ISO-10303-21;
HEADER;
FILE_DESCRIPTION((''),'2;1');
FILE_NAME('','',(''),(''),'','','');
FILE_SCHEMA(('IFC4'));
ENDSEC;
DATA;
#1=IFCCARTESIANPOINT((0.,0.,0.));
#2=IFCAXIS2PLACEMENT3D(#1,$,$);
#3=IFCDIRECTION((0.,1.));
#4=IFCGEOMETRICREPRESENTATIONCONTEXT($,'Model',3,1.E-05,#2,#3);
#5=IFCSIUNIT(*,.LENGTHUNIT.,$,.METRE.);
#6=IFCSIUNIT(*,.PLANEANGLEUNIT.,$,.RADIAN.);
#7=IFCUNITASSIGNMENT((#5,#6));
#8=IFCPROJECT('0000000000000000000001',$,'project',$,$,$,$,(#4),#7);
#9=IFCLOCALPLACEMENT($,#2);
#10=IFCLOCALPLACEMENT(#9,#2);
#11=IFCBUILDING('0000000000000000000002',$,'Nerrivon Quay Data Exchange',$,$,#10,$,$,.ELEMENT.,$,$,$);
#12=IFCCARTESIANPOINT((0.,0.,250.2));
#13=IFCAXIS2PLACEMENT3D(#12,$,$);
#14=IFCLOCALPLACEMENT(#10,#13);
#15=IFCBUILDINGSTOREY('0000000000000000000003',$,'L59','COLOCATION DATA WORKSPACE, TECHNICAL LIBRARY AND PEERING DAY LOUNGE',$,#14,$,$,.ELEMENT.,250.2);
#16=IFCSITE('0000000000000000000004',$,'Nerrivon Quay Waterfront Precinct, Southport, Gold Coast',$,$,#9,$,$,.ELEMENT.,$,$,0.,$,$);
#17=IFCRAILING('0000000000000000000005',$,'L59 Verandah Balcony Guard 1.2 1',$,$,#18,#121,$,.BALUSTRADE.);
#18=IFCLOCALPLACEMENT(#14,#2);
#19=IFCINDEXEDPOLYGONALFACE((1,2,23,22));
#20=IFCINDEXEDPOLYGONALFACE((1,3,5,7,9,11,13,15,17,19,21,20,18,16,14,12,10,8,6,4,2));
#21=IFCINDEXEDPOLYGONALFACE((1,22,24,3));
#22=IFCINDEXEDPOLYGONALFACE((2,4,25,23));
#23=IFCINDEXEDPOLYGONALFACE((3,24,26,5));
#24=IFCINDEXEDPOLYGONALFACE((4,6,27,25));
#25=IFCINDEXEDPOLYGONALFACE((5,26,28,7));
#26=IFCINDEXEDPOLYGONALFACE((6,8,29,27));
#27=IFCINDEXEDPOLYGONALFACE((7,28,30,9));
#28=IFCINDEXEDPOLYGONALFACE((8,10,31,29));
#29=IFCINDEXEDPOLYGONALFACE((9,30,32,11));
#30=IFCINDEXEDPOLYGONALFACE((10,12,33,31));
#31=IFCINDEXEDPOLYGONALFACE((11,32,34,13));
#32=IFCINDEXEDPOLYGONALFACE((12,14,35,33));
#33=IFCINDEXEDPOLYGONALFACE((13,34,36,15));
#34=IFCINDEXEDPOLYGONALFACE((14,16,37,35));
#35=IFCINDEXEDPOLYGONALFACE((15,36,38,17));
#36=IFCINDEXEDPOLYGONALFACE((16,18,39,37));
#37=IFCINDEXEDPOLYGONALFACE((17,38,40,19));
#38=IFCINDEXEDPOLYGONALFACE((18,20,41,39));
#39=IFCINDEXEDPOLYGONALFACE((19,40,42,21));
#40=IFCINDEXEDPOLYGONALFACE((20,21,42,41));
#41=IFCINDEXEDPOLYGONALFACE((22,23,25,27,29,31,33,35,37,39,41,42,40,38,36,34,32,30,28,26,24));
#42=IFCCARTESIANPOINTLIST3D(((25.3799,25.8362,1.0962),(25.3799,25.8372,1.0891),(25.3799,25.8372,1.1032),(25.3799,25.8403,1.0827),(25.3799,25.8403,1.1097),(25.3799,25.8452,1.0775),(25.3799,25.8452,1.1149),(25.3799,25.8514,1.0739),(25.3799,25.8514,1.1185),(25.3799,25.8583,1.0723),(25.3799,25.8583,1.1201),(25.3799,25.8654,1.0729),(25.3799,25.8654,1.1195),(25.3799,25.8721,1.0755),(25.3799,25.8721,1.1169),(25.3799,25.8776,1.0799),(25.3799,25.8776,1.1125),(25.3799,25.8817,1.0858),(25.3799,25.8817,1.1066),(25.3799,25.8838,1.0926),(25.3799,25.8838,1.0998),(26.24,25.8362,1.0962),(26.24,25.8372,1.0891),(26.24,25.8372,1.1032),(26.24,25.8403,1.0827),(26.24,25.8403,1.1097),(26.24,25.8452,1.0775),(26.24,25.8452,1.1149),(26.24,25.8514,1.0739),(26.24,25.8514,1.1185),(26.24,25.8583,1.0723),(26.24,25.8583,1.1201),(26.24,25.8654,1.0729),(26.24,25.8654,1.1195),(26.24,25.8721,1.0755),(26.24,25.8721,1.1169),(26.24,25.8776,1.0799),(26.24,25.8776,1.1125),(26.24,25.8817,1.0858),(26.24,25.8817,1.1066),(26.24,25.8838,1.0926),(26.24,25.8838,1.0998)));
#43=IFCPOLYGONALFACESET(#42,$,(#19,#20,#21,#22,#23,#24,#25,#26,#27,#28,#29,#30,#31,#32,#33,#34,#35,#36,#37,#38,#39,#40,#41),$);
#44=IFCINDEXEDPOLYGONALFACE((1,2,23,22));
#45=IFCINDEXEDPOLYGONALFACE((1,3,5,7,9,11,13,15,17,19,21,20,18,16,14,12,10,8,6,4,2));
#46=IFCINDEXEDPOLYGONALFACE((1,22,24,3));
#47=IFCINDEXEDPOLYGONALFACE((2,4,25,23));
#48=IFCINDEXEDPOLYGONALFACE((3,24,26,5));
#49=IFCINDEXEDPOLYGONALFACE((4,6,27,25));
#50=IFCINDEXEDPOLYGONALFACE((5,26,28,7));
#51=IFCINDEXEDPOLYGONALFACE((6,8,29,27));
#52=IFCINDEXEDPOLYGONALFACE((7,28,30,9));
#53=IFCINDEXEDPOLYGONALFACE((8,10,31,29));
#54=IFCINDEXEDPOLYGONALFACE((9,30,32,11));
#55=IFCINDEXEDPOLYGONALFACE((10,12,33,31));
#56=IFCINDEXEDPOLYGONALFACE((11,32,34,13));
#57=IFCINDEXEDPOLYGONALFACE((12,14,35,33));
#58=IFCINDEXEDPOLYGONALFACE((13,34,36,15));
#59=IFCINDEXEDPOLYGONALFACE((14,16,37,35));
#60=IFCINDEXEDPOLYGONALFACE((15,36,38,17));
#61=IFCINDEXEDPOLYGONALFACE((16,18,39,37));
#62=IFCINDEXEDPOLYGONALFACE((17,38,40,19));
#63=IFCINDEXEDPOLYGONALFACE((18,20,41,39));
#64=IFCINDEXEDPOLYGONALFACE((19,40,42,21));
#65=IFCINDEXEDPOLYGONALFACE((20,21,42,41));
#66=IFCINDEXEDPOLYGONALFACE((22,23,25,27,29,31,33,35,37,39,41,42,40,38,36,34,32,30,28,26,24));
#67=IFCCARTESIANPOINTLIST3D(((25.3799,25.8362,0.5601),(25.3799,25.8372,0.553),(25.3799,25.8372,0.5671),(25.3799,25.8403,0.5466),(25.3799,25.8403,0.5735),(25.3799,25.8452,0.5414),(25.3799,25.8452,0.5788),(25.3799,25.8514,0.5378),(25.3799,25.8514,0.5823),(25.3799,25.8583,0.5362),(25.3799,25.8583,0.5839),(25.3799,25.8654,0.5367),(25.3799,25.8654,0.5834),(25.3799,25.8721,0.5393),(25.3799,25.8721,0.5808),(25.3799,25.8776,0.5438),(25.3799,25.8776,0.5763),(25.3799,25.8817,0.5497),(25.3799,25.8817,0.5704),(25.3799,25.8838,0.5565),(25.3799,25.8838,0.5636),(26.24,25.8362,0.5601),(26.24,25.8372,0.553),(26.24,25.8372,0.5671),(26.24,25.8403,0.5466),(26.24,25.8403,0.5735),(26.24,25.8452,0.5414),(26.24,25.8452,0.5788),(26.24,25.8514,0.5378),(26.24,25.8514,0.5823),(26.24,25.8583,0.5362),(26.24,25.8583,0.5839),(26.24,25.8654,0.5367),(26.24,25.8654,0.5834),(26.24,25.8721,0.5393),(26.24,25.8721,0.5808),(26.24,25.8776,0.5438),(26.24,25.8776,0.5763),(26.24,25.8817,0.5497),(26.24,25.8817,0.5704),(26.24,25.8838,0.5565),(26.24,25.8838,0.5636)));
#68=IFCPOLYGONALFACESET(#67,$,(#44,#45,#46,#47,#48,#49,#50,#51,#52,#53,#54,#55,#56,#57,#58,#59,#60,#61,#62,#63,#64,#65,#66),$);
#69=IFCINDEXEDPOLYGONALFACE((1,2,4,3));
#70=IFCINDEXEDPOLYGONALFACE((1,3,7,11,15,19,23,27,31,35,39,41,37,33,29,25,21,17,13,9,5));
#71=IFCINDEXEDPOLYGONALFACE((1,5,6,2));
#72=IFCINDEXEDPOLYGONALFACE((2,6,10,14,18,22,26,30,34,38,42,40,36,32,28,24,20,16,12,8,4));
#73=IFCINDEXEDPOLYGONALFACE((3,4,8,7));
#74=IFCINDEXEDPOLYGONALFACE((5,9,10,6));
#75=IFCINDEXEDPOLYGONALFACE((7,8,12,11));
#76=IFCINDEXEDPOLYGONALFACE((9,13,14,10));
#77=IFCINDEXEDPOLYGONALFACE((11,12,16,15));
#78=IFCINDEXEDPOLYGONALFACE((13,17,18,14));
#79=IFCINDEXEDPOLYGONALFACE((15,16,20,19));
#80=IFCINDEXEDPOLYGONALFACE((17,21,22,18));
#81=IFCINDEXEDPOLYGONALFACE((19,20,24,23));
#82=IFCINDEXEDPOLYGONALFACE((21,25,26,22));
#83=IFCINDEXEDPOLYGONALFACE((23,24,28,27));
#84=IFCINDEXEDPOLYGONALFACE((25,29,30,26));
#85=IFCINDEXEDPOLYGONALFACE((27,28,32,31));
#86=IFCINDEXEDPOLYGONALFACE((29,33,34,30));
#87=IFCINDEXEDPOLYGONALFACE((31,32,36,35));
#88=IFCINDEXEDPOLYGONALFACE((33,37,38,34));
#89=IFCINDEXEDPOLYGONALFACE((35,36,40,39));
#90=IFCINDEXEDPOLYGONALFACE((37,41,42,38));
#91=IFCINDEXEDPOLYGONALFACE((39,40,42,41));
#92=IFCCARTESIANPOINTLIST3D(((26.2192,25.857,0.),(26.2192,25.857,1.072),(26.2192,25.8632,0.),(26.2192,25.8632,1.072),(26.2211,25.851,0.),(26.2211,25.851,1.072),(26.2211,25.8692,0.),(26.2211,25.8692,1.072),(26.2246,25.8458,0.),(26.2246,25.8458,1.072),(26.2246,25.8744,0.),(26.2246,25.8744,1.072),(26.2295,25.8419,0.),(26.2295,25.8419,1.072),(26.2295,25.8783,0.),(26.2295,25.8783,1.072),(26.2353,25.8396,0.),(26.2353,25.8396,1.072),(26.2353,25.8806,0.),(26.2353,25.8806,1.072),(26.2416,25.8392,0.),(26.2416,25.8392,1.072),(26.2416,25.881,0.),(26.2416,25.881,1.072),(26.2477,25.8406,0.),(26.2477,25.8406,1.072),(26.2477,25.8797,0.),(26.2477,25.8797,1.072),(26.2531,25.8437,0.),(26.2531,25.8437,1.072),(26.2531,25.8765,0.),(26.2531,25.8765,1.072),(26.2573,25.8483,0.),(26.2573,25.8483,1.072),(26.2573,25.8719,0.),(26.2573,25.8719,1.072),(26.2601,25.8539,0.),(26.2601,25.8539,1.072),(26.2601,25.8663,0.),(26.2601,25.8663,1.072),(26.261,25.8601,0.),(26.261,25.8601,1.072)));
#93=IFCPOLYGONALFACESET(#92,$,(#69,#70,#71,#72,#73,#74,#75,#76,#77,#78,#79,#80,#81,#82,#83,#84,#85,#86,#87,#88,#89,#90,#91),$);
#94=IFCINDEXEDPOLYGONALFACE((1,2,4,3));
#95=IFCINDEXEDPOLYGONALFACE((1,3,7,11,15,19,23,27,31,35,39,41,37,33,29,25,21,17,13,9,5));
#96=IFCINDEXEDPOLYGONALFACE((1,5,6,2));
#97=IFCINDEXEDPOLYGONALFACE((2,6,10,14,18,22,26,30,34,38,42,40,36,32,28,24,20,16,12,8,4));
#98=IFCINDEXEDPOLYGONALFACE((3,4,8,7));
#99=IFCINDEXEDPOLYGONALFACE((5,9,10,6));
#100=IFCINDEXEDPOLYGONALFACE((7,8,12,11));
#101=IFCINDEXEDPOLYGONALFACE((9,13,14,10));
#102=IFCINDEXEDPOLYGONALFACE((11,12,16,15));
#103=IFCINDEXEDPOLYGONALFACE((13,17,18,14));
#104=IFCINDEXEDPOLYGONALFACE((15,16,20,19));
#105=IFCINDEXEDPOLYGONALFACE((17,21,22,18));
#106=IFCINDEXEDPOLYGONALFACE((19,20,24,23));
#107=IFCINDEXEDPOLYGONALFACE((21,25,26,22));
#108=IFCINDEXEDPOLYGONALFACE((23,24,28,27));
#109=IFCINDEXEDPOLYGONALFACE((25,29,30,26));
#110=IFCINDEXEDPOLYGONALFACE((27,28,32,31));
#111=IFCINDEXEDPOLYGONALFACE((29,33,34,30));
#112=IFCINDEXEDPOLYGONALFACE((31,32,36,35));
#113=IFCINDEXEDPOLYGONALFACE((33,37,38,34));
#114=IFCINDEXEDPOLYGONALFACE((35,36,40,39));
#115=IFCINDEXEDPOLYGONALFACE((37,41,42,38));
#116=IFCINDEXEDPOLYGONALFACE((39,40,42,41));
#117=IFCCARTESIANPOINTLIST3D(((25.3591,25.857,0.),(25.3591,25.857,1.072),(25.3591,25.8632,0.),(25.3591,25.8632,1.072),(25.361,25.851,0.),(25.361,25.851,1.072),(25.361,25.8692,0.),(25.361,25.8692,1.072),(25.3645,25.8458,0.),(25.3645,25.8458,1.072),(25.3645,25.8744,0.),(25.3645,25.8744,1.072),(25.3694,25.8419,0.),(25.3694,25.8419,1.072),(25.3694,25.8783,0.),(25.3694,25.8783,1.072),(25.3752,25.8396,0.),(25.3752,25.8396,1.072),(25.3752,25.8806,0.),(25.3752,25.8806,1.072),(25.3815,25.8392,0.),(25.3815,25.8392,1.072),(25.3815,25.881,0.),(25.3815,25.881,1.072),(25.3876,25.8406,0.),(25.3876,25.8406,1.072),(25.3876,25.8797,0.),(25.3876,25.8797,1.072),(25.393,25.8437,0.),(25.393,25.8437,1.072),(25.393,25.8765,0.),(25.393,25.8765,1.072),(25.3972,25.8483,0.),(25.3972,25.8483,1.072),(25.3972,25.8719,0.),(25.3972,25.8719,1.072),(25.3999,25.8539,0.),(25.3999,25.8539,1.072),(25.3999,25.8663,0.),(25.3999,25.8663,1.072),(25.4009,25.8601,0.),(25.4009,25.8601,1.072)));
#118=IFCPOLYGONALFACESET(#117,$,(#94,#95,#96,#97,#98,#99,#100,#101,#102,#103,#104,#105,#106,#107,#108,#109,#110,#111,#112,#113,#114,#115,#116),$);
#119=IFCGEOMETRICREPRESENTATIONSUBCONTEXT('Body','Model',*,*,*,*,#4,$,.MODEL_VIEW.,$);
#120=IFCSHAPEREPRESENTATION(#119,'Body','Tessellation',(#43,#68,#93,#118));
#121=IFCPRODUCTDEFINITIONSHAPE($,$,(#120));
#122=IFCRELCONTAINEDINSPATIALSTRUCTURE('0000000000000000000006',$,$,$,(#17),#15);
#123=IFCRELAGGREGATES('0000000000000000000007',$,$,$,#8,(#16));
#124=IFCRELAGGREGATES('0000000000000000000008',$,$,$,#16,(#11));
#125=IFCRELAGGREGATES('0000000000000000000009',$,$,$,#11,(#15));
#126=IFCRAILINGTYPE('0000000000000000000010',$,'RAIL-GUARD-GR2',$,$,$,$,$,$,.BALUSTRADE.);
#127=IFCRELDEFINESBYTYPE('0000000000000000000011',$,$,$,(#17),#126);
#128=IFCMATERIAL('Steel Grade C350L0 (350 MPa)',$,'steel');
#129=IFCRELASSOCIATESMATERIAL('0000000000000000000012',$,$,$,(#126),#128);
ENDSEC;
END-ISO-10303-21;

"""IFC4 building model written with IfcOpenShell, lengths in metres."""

from ifc_helpers import new_model, si_unit, direction, frame, origin, origin_2d, place, context, subcontext, project, spatial, circle, extrude, material, type_object, element, save


model = new_model("IFC4")

# Units and contexts
model_context = context("Model", 3, precision=1e-05, world=origin(), true_north=direction((0.0, 1.0)))
body_context = subcontext(model_context, "Body", "Model", "MODEL_VIEW")
ifc_project = project(units=[si_unit("LENGTHUNIT", "METRE"), si_unit("PLANEANGLEUNIT", "RADIAN")], contexts=[model_context])

# Site, building, storey
site_placement = place(None, origin())
site = spatial("IfcSite", under=ifc_project, at=site_placement, Name="Nerrivon Quay Waterfront Precinct, Southport, Gold Coast", CompositionType="ELEMENT", RefElevation=0.0)
building_placement = place(site_placement, origin())
building = spatial("IfcBuilding", under=site, at=building_placement, Name="Nerrivon Quay Data Exchange", CompositionType="ELEMENT")
storey_placement = place(building_placement, frame((0.0, 0.0, 250.2)))
storey = spatial("IfcBuildingStorey", under=building, at=storey_placement, Name="L59", Description="COLOCATION DATA WORKSPACE, TECHNICAL LIBRARY AND PEERING DAY LOUNGE", CompositionType="ELEMENT", Elevation=250.2)

# Shared definitions
ifc_material_1 = material(Name="Steel Grade C350L0 (350 MPa)", Category="steel")

# Railing
railing_type = type_object("IfcRailingType", Name="RAIL-GUARD-GR2", PredefinedType="BALUSTRADE", material=ifc_material_1)
railing_1_placement = place(storey_placement, frame((26.24, 25.8601, 0.0)))
element("IfcRailing", 1, at=railing_1_placement, inside=storey, type_object=railing_type, Name="L59 Verandah Balcony Guard 1.2 1", PredefinedType="BALUSTRADE", context=body_context, shape_type="SweptSolid", body=[
    extrude(circle(Radius=0.0239, at=origin_2d()), frame((0.0, 0.0, 1.0962), z_axis=(-1.0, 0.0, 0.0), x_axis=(0.0, -1.0, 0.0)), (0.0, 0.0, 1.0), 0.8601),
    extrude(circle(Radius=0.0239, at=origin_2d()), frame((0.0, 0.0, 0.5601), z_axis=(-1.0, 0.0, 0.0), x_axis=(0.0, -1.0, 0.0)), (0.0, 0.0, 1.0), 0.8601),
    extrude(circle(Radius=0.021, at=origin_2d()), origin(), (0.0, 0.0, 1.0), 1.072),
    extrude(circle(Radius=0.021, at=origin_2d()), frame((-0.8601, 0.0, 0.0)), (0.0, 0.0, 1.0), 1.072),
])

save(model, "model.ifc")
